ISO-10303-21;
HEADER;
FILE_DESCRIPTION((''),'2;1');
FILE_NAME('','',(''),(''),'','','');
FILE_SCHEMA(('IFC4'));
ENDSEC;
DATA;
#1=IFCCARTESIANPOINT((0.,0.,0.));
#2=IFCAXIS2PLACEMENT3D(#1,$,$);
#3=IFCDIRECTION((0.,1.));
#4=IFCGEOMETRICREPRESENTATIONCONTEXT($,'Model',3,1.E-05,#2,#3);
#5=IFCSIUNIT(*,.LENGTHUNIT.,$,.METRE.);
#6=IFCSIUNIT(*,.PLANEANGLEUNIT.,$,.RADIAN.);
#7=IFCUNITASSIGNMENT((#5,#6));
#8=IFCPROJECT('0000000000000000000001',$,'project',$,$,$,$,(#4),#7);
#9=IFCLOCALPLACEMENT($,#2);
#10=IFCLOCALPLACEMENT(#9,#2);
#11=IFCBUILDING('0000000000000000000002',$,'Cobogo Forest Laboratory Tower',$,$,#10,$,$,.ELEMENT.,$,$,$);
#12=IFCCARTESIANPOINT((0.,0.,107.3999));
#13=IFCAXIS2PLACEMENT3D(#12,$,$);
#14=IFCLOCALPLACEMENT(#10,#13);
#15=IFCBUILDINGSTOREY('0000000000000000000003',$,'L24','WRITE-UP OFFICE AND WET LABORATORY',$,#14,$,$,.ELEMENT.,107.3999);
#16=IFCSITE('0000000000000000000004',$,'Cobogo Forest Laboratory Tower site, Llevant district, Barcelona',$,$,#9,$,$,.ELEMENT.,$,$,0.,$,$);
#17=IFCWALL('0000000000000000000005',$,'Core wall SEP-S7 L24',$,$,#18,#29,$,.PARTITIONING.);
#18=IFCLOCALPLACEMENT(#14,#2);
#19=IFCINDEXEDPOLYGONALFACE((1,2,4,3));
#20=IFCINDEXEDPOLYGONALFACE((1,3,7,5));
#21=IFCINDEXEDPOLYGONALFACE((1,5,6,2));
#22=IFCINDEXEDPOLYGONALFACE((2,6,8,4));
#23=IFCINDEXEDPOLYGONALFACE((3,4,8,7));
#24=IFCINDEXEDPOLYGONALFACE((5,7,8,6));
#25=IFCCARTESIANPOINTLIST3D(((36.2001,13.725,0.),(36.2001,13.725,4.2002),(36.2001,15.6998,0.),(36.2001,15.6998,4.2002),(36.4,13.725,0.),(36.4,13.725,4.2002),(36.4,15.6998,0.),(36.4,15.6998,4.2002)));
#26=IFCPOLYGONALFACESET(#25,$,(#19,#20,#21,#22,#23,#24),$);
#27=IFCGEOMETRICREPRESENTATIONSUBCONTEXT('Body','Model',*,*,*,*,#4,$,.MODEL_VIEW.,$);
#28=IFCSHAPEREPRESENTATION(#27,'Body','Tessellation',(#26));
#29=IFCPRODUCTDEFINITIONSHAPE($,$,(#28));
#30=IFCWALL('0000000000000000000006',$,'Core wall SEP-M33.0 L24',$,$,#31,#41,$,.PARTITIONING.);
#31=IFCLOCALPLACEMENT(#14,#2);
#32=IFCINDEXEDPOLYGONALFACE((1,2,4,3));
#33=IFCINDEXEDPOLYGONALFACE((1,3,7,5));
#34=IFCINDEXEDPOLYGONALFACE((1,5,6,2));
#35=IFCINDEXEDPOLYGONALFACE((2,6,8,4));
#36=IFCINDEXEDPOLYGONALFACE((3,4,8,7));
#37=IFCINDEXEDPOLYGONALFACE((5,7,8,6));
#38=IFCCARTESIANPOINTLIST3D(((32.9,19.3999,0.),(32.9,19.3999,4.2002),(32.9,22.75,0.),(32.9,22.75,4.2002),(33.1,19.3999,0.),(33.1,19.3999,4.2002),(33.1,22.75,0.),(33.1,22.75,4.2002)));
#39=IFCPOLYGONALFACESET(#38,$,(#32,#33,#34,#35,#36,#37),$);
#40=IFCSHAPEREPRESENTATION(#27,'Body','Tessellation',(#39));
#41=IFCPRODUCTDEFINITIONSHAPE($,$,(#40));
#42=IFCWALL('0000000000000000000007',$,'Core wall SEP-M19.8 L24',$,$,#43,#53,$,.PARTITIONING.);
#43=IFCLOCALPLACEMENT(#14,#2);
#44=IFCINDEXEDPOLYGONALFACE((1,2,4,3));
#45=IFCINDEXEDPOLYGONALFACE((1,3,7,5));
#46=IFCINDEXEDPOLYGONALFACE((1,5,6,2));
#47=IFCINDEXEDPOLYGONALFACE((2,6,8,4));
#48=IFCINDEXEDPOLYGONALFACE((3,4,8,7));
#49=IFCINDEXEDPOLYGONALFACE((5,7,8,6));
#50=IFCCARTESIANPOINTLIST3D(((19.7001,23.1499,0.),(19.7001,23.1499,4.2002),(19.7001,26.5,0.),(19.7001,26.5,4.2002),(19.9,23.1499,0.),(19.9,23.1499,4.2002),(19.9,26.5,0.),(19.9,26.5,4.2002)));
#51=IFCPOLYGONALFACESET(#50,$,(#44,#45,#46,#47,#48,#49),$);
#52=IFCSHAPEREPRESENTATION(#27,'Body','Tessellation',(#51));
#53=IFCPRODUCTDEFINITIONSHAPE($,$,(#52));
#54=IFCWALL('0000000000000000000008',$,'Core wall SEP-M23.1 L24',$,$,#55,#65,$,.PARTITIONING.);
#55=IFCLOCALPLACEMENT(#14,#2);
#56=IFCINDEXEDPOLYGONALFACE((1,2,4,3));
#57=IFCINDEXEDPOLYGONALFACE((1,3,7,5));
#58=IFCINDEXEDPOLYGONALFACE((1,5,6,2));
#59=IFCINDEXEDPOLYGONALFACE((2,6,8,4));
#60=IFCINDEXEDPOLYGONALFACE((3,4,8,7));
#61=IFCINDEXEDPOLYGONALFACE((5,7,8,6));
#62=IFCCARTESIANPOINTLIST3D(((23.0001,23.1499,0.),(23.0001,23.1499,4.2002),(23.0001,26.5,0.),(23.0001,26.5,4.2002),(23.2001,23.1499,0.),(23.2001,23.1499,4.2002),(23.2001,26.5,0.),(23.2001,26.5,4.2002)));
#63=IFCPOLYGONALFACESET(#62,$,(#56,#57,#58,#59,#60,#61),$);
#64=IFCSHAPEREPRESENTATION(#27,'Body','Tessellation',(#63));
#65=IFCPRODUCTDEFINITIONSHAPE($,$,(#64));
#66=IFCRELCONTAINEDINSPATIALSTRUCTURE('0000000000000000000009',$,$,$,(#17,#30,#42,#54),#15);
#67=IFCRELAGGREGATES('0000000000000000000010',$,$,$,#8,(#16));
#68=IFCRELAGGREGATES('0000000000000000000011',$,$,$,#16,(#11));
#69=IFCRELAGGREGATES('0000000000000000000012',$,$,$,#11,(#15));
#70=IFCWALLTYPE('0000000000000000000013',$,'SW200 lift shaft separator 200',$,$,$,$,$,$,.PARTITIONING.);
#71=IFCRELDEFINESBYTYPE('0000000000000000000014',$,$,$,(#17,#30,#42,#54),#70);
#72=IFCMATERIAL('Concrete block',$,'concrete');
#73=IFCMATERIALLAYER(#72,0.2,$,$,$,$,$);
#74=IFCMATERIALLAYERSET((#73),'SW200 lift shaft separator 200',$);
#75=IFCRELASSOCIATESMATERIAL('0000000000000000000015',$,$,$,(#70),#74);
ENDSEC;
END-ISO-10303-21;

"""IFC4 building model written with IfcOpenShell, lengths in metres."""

from ifc_helpers import new_model, si_unit, direction, frame, frame_2d, origin, place, context, subcontext, project, spatial, rectangle, extrude, material, layer, layer_set, type_object, element, save


model = new_model("IFC4")

# Units and contexts
model_context = context("Model", 3, precision=1e-05, world=origin(), true_north=direction((0.0, 1.0)))
body_context = subcontext(model_context, "Body", "Model", "MODEL_VIEW")
ifc_project = project(units=[si_unit("LENGTHUNIT", "METRE"), si_unit("PLANEANGLEUNIT", "RADIAN")], contexts=[model_context])

# Site, building, storey
site_placement = place(None, origin())
site = spatial("IfcSite", under=ifc_project, at=site_placement, Name="Cobogo Forest Laboratory Tower site, Llevant district, Barcelona", CompositionType="ELEMENT", RefElevation=0.0)
building_placement = place(site_placement, origin())
building = spatial("IfcBuilding", under=site, at=building_placement, Name="Cobogo Forest Laboratory Tower", CompositionType="ELEMENT")
storey_placement = place(building_placement, frame((0.0, 0.0, 107.3999)))
storey = spatial("IfcBuildingStorey", under=building, at=storey_placement, Name="L24", Description="WRITE-UP OFFICE AND WET LABORATORY", CompositionType="ELEMENT", Elevation=107.3999)

# Walls
ifc_material_1 = material(Name="Concrete block", Category="concrete")
ifc_layer_1 = layer(ifc_material_1, 0.2)
ifc_layer_set_1 = layer_set([ifc_layer_1], Name="SW200 lift shaft separator 200")
wall_type_1 = type_object("IfcWallType", Name="SW200 lift shaft separator 200", PredefinedType="PARTITIONING", material=ifc_layer_set_1)
for number, where, z_axis, x_axis, name in (
    (1, (36.3, 13.7251, 0.0), (0.0, 0.0, 1.0), (0.0, 1.0, 0.0), "Core wall SEP-S7 L24"),
):
    element("IfcWall", number, at=place(storey_placement, frame(where, z_axis=z_axis, x_axis=x_axis)), inside=storey, type_object=wall_type_1, Name=name, PredefinedType="PARTITIONING", context=body_context, shape_type="SweptSolid", body=[
        extrude(rectangle(XDim=1.9749, YDim=0.2, at=frame_2d((0.9873, 0.0))), origin(), (0.0, 0.0, 1.0), 4.2002),
    ])
for number, where, z_axis, x_axis, name in (
    (2, (33.0, 19.3999, 0.0), (0.0, 0.0, 1.0), (0.0, 1.0, 0.0), "Core wall SEP-M33.0 L24"),
    (3, (19.8, 23.1499, 0.0), (0.0, 0.0, 1.0), (0.0, 1.0, 0.0), "Core wall SEP-M19.8 L24"),
    (4, (23.1001, 23.1499, 0.0), (0.0, 0.0, 1.0), (0.0, 1.0, 0.0), "Core wall SEP-M23.1 L24"),
):
    element("IfcWall", number, at=place(storey_placement, frame(where, z_axis=z_axis, x_axis=x_axis)), inside=storey, type_object=wall_type_1, Name=name, PredefinedType="PARTITIONING", context=body_context, shape_type="SweptSolid", body=[
        extrude(rectangle(XDim=3.3501, YDim=0.2, at=frame_2d((1.675, 0.0))), origin(), (0.0, 0.0, 1.0), 4.2002),
    ])

save(model, "model.ifc")
